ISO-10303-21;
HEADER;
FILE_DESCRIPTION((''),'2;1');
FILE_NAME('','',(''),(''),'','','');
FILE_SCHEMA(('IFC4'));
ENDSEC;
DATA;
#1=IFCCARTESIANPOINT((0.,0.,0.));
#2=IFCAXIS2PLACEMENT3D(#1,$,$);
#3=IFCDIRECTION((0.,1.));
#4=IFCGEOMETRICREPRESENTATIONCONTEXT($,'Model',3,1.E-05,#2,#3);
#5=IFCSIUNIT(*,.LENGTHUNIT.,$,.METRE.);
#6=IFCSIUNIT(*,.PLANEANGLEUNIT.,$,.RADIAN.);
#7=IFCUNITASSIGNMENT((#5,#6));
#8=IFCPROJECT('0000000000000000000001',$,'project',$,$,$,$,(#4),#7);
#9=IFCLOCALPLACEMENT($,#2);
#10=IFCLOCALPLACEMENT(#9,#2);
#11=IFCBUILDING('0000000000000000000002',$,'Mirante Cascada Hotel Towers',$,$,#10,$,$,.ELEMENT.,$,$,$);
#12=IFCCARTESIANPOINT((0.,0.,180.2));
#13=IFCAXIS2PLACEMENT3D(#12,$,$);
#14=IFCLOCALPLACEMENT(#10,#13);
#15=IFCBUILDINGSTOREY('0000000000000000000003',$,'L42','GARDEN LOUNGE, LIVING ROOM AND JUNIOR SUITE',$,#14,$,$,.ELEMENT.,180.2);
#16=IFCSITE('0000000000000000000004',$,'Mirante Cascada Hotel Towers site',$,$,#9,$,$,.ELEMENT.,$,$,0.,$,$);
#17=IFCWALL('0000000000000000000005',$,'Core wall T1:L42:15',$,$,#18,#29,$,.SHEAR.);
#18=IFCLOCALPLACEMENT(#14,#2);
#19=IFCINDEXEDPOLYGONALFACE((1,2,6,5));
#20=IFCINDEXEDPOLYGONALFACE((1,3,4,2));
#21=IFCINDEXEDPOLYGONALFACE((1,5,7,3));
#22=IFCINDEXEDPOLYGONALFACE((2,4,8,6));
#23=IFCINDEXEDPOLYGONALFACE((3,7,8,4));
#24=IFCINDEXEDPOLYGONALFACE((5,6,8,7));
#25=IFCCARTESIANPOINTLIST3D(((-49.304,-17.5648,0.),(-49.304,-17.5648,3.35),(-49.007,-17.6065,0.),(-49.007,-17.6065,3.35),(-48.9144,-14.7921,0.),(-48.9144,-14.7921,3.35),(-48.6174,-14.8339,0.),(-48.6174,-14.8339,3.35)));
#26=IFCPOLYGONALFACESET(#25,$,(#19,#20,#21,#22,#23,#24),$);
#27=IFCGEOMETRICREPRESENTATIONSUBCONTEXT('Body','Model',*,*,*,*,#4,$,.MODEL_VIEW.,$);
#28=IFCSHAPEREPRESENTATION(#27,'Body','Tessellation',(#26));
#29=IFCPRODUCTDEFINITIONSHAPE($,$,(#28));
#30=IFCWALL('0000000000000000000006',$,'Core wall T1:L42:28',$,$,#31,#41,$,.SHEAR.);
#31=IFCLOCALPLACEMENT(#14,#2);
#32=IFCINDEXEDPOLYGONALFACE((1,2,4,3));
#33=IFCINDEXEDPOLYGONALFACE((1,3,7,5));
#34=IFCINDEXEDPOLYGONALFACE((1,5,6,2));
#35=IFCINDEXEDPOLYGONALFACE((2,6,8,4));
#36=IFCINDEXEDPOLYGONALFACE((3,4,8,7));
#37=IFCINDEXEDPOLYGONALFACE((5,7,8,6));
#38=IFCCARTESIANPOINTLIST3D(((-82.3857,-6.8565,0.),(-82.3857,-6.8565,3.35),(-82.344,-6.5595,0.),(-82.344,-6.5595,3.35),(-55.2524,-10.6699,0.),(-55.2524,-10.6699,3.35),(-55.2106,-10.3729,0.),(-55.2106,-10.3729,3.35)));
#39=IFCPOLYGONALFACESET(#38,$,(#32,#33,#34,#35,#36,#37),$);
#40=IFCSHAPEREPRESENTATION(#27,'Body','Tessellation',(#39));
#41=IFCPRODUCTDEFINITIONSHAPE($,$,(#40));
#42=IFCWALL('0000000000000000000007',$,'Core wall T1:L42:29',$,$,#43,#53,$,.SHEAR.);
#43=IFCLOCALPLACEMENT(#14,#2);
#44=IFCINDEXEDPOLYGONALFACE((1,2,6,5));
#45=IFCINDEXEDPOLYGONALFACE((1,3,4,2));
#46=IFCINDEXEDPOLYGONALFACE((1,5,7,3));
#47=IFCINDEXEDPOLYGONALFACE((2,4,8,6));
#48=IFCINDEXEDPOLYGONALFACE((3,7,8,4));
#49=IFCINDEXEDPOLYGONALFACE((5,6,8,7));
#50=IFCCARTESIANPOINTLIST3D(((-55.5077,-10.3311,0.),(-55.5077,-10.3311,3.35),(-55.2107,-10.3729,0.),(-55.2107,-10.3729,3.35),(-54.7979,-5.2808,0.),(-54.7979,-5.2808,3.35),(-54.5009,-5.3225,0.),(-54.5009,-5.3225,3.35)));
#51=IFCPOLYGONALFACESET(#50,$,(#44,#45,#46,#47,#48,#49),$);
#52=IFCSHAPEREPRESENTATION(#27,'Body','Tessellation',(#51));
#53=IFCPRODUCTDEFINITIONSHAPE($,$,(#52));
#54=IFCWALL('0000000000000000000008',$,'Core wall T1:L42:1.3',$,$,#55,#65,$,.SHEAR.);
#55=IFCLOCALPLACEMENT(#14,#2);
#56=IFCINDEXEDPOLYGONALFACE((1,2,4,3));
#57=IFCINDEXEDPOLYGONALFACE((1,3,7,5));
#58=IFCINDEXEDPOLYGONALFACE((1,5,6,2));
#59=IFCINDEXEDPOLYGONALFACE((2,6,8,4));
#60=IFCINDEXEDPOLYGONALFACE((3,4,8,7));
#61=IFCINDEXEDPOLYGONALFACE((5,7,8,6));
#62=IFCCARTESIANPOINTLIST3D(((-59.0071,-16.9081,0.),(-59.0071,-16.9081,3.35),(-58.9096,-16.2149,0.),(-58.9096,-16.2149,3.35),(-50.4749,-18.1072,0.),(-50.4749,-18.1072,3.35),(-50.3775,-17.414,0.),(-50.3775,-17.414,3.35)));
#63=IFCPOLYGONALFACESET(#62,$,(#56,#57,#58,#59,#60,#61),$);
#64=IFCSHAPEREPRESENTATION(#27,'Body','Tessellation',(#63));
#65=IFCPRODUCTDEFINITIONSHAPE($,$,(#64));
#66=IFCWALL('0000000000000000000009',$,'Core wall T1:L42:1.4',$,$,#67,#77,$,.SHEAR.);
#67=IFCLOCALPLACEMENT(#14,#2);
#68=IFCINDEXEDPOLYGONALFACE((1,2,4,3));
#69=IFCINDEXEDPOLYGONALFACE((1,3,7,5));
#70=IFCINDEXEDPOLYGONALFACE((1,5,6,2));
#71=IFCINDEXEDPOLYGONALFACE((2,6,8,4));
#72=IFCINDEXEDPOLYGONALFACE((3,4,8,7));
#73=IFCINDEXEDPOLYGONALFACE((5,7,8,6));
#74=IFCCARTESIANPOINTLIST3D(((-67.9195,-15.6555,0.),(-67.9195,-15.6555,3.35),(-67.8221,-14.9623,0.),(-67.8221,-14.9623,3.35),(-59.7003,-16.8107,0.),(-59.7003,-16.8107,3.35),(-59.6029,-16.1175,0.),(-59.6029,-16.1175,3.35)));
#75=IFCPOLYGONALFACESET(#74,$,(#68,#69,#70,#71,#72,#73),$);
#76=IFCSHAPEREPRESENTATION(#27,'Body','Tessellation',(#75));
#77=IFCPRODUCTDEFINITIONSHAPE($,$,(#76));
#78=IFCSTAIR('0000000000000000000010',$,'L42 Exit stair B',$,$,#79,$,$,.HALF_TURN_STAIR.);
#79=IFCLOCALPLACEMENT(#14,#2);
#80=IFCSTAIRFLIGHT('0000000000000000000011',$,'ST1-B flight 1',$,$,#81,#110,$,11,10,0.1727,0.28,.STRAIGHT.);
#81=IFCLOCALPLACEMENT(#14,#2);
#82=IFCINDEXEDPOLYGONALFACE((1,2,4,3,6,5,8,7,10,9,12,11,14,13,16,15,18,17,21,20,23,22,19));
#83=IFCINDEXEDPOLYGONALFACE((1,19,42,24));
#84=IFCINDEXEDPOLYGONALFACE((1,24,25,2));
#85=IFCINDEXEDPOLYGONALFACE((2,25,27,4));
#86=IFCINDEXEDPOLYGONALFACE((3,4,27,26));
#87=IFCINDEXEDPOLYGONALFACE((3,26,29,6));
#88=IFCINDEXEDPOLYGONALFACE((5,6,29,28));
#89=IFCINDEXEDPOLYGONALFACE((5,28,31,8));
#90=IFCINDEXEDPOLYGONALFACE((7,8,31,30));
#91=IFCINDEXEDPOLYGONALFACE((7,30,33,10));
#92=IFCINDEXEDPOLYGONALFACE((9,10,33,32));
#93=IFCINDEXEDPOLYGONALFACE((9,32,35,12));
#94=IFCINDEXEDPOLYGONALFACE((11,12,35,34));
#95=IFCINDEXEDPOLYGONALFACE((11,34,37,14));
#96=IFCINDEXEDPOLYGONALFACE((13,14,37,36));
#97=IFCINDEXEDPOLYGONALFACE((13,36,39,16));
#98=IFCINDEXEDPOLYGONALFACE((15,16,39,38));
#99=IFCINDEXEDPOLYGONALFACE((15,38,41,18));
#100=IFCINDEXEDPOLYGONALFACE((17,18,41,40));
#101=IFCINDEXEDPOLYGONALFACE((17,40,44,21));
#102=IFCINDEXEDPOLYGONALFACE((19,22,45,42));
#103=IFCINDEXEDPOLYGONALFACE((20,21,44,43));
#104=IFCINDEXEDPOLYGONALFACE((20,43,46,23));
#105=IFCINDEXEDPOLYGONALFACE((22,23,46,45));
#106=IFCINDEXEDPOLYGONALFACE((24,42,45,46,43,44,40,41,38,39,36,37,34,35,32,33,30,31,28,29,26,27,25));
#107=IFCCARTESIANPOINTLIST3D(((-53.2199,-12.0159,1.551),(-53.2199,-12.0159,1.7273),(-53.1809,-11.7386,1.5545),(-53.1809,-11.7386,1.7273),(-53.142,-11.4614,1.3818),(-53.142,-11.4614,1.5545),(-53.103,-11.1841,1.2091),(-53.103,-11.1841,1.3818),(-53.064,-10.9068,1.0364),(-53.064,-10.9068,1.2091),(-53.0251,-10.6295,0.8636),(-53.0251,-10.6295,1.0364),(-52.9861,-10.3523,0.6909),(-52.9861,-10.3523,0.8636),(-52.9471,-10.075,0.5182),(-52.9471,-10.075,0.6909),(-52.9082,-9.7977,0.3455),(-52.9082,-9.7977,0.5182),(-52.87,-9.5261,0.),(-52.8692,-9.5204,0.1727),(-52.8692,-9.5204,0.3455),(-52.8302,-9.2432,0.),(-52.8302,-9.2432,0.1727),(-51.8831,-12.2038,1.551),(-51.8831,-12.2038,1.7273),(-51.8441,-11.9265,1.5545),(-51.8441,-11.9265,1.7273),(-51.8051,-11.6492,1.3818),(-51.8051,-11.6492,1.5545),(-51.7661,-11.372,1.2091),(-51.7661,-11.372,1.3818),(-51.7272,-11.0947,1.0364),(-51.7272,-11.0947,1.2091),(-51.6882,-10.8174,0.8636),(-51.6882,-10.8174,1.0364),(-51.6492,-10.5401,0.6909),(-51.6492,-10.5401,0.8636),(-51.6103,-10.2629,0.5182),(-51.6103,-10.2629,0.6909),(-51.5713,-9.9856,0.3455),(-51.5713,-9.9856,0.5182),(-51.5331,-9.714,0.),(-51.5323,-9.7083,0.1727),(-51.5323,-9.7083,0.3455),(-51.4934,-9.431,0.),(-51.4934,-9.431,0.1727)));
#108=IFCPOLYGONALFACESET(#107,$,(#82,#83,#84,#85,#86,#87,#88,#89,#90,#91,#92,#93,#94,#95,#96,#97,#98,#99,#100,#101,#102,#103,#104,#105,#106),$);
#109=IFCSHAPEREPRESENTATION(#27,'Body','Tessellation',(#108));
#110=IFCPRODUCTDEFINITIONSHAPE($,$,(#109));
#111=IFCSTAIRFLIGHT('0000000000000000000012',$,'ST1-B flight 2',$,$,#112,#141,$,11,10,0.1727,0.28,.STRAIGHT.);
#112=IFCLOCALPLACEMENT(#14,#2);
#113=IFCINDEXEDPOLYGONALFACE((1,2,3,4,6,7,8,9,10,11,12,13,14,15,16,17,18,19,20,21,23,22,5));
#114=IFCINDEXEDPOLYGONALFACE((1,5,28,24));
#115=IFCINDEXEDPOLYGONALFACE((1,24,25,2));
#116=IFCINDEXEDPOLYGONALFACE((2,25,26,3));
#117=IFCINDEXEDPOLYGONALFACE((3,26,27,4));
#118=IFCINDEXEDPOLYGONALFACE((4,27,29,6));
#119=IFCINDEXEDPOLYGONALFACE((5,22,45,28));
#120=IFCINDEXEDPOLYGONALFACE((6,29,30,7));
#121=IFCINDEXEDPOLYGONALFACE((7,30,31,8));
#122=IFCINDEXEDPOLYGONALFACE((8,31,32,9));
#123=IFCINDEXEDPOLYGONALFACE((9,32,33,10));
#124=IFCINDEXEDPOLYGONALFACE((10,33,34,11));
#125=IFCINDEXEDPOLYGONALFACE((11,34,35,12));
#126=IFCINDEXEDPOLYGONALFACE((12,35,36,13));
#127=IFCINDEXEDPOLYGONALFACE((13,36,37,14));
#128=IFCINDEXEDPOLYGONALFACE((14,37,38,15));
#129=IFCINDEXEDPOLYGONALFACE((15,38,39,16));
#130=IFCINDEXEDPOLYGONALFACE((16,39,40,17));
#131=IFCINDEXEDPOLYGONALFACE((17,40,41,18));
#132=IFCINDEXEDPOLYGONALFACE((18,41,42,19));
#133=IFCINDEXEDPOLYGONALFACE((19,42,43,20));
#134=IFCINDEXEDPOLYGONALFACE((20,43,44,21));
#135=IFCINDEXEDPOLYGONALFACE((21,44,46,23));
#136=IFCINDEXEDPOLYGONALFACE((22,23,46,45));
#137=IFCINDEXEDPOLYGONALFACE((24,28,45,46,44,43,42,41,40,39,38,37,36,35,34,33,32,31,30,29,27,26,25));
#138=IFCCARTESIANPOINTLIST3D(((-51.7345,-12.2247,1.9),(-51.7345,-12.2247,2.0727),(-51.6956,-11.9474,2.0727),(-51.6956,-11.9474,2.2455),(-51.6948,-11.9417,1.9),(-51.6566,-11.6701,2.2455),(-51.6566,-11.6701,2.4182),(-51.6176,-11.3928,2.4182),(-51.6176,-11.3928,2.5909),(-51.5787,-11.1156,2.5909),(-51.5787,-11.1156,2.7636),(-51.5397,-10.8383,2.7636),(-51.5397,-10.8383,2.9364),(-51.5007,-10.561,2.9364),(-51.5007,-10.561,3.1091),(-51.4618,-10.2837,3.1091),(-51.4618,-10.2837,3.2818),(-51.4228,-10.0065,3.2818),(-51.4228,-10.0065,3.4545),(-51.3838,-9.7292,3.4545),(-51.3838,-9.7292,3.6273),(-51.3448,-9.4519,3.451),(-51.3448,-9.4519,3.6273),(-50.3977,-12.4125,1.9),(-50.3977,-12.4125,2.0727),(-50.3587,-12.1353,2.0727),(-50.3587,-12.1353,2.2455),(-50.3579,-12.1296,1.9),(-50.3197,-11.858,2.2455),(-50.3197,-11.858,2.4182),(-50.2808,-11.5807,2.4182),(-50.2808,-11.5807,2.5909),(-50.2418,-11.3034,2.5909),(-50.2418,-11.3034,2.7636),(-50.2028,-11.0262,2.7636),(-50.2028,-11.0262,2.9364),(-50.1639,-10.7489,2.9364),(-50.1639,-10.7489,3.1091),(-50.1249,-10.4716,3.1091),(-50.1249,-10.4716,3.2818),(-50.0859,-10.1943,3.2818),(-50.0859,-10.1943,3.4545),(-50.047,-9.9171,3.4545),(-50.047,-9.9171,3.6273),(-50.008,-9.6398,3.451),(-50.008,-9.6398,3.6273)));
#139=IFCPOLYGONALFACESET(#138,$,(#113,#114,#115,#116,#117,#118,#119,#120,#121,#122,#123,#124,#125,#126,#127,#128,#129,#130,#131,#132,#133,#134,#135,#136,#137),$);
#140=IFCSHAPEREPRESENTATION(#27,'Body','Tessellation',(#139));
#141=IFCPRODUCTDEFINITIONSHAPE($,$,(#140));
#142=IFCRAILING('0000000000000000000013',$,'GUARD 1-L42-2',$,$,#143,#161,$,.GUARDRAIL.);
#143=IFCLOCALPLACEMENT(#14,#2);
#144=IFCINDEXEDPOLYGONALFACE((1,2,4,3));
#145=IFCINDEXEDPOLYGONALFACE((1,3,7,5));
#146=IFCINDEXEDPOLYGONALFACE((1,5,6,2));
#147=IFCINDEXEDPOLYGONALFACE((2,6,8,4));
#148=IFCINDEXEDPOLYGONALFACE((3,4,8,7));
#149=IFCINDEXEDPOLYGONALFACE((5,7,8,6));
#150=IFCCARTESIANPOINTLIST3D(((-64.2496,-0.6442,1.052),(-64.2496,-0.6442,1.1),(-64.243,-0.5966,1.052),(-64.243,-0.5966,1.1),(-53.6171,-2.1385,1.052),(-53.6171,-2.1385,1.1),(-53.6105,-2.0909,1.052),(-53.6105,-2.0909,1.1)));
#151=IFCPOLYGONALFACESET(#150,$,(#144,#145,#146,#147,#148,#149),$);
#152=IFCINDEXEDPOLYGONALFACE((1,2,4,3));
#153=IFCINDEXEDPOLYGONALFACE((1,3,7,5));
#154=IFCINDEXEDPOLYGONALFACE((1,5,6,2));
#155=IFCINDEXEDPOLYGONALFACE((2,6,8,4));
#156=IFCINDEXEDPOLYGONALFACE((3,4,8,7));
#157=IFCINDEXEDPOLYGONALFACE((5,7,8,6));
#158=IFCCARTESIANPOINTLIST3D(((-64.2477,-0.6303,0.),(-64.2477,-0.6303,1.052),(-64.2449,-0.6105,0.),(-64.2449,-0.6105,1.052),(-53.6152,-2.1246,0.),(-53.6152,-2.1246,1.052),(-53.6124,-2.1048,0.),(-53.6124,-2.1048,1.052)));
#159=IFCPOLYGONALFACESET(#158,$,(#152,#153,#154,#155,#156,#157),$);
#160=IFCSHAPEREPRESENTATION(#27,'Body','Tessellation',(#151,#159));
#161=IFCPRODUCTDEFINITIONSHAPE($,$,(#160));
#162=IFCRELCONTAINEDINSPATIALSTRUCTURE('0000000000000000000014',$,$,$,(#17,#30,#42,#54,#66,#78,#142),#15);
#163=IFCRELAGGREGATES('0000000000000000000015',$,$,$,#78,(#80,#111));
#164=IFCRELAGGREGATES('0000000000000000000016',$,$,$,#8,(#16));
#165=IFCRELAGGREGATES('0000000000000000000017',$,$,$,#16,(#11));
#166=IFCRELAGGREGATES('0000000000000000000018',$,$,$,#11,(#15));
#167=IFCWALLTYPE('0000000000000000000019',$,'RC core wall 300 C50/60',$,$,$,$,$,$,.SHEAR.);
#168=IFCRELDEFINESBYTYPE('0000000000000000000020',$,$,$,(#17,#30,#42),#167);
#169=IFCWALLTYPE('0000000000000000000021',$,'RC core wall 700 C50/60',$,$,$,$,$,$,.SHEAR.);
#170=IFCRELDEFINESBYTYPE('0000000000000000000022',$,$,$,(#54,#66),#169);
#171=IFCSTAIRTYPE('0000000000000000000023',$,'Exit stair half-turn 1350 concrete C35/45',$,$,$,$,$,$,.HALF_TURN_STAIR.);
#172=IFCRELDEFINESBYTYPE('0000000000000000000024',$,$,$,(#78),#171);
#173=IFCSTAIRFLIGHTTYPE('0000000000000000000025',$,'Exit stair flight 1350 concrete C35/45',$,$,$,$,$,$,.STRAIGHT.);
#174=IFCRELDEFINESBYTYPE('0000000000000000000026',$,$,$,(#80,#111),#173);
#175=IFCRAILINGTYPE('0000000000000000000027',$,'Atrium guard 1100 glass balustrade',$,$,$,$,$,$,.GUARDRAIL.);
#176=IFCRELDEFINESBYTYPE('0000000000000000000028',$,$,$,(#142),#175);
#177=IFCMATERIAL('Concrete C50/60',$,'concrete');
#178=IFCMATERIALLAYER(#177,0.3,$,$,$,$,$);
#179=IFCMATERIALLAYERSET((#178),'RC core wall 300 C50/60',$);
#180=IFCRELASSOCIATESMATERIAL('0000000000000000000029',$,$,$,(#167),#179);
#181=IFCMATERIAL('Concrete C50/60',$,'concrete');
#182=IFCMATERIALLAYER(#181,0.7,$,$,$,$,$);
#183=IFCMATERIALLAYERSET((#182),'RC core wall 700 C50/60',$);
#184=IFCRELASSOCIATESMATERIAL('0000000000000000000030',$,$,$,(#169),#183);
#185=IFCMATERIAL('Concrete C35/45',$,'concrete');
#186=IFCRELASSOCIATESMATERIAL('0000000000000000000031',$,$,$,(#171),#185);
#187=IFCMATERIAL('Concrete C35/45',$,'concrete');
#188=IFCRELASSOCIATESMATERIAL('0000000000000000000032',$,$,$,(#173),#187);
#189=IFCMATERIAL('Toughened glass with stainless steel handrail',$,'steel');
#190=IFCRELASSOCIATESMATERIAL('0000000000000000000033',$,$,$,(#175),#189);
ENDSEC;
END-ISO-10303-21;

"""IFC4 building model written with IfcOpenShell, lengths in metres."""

from ifc_helpers import new_model, si_unit, direction, frame, frame_2d, origin, origin_2d, place, context, subcontext, project, spatial, polyline, rectangle, outline, extrude, material, layer, layer_set, type_object, element, aggregate, save


model = new_model("IFC4")

# Units and contexts
model_context = context("Model", 3, precision=1e-05, world=origin(), true_north=direction((0.0, 1.0)))
body_context = subcontext(model_context, "Body", "Model", "MODEL_VIEW")
ifc_project = project(units=[si_unit("LENGTHUNIT", "METRE"), si_unit("PLANEANGLEUNIT", "RADIAN")], contexts=[model_context])

# Site, building, storey
site_placement = place(None, origin())
site = spatial("IfcSite", under=ifc_project, at=site_placement, Name="Mirante Cascada Hotel Towers site", CompositionType="ELEMENT", RefElevation=0.0)
building_placement = place(site_placement, origin())
building = spatial("IfcBuilding", under=site, at=building_placement, Name="Mirante Cascada Hotel Towers", CompositionType="ELEMENT")
storey_placement = place(building_placement, frame((0.0, 0.0, 180.2)))
storey = spatial("IfcBuildingStorey", under=building, at=storey_placement, Name="L42", Description="GARDEN LOUNGE, LIVING ROOM AND JUNIOR SUITE", CompositionType="ELEMENT", Elevation=180.2)

# Shared definitions
ifc_material_1 = material(Name="Concrete C50/60", Category="concrete")
ifc_layer_1 = layer(ifc_material_1, 0.3)
ifc_layer_set_1 = layer_set([ifc_layer_1], Name="RC core wall 300 C50/60")
wall_type_1 = type_object("IfcWallType", Name="RC core wall 300 C50/60", PredefinedType="SHEAR", material=ifc_layer_set_1)

# Walls
wall_1_placement = place(storey_placement, frame((-49.1555, -17.5857, 0.0), z_axis=(0.0, 0.0, 1.0), x_axis=(0.139146, 0.990272, 0.0)))
element("IfcWall", 1, at=wall_1_placement, inside=storey, type_object=wall_type_1, Name="Core wall T1:L42:15", PredefinedType="SHEAR", context=body_context, shape_type="SweptSolid", body=[
    extrude(rectangle(XDim=2.7999, YDim=0.3, at=frame_2d((1.4, 0.0))), origin(), (0.0, 0.0, 1.0), 3.35),
])
wall_2_placement = place(storey_placement, frame((-55.2315, -10.5214, 0.0), z_axis=(0.0, 0.0, 1.0), x_axis=(-0.990268, 0.139175, 0.0)))
element("IfcWall", 2, at=wall_2_placement, inside=storey, type_object=wall_type_1, Name="Core wall T1:L42:28", PredefinedType="SHEAR", context=body_context, shape_type="SweptSolid", body=[
    extrude(rectangle(XDim=27.4, YDim=0.3, at=frame_2d((13.7, 0.0))), origin(), (0.0, 0.0, 1.0), 3.35),
])
wall_3_placement = place(storey_placement, frame((-55.3592, -10.352, 0.0), z_axis=(0.0, 0.0, 1.0), x_axis=(0.139176, 0.990268, 0.0)))
element("IfcWall", 3, at=wall_3_placement, inside=storey, type_object=wall_type_1, Name="Core wall T1:L42:29", PredefinedType="SHEAR", context=body_context, shape_type="SweptSolid", body=[
    extrude(rectangle(XDim=5.1, YDim=0.3, at=frame_2d((2.55, 0.0))), origin(), (0.0, 0.0, 1.0), 3.35),
])
ifc_material_2 = material(Name="Concrete C50/60", Category="concrete")
ifc_layer_2 = layer(ifc_material_2, 0.7)
ifc_layer_set_2 = layer_set([ifc_layer_2], Name="RC core wall 700 C50/60")
wall_type_2 = type_object("IfcWallType", Name="RC core wall 700 C50/60", PredefinedType="SHEAR", material=ifc_layer_set_2)
wall_4_placement = place(storey_placement, frame((-50.4262, -17.7606, 0.0), z_axis=(0.0, 0.0, 1.0), x_axis=(-0.990268, 0.139171, 0.0)))
element("IfcWall", 4, at=wall_4_placement, inside=storey, type_object=wall_type_2, Name="Core wall T1:L42:1.3", PredefinedType="SHEAR", context=body_context, shape_type="SweptSolid", body=[
    extrude(rectangle(XDim=8.616, YDim=0.7, at=frame_2d((4.308, 0.0))), origin(), (0.0, 0.0, 1.0), 3.35),
])
wall_5_placement = place(storey_placement, frame((-59.6516, -16.4641, 0.0), z_axis=(0.0, 0.0, 1.0), x_axis=(-0.990267, 0.139181, 0.0)))
element("IfcWall", 5, at=wall_5_placement, inside=storey, type_object=wall_type_2, Name="Core wall T1:L42:1.4", PredefinedType="SHEAR", context=body_context, shape_type="SweptSolid", body=[
    extrude(rectangle(XDim=8.3, YDim=0.7, at=frame_2d((4.15, 0.0))), origin(), (0.0, 0.0, 1.0), 3.35),
])

# Stair, stair flights
ifc_material_3 = material(Name="Concrete C35/45", Category="concrete")
stair_type = type_object("IfcStairType", Name="Exit stair half-turn 1350 concrete C35/45", PredefinedType="HALF_TURN_STAIR", material=ifc_material_3)
stair_placement = place(storey_placement, origin())
stair = element("IfcStair", 6, at=stair_placement, inside=storey, type_object=stair_type, Name="L42 Exit stair B", PredefinedType="HALF_TURN_STAIR")
ifc_material_4 = material(Name="Concrete C35/45", Category="concrete")
stair_flight_type = type_object("IfcStairFlightType", Name="Exit stair flight 1350 concrete C35/45", PredefinedType="STRAIGHT", material=ifc_material_4)
stair_flight_1_placement = place(storey_placement, frame((-52.1618, -9.3371, 0.0), z_axis=(0.0, 0.0, 1.0), x_axis=(-0.139173, -0.990268, 0.0)))
stair_flight_1 = element("IfcStairFlight", 7, at=stair_flight_1_placement, type_object=stair_flight_type, Name="ST1-B flight 1", NumberOfRisers=11, NumberOfTreads=10, PredefinedType="STRAIGHT", RiserHeight=0.1727, TreadLength=0.28, context=body_context, shape_type="SweptSolid", body=[
    extrude(outline(polyline([(0.0, 0.0), (0.0, 0.1727), (0.28, 0.1727), (0.28, 0.3455), (0.56, 0.3455), (0.56, 0.5182), (0.84, 0.5182), (0.84, 0.6909), (1.12, 0.6909), (1.12, 0.8636), (1.4, 0.8636), (1.4, 1.0364), (1.68, 1.0364), (1.68, 1.2091), (1.96, 1.2091), (1.96, 1.3818), (2.24, 1.3818), (2.24, 1.5545), (2.52, 1.5545), (2.52, 1.7273), (2.8, 1.7273), (2.8, 1.9), (2.8, 1.551), (0.2857, 0.0), (0.0, 0.0)])), frame((0.0, 0.675, 0.0), z_axis=(0.0, -1.0, 0.0), x_axis=(1.0, 0.0, 0.0)), (0.0, 0.0, 1.0), 1.35),
])
stair_flight_2_placement = place(storey_placement, frame((-51.0661, -12.3186, 1.9), z_axis=(0.0, 0.0, 1.0), x_axis=(0.139173, 0.990268, 0.0)))
stair_flight_2 = element("IfcStairFlight", 8, at=stair_flight_2_placement, type_object=stair_flight_type, Name="ST1-B flight 2", NumberOfRisers=11, NumberOfTreads=10, PredefinedType="STRAIGHT", RiserHeight=0.1727, TreadLength=0.28, context=body_context, shape_type="SweptSolid", body=[
    extrude(outline(polyline([(0.0, 0.0), (0.0, 0.1727), (0.28, 0.1727), (0.28, 0.3455), (0.56, 0.3455), (0.56, 0.5182), (0.84, 0.5182), (0.84, 0.6909), (1.12, 0.6909), (1.12, 0.8636), (1.4, 0.8636), (1.4, 1.0364), (1.68, 1.0364), (1.68, 1.2091), (1.96, 1.2091), (1.96, 1.3818), (2.24, 1.3818), (2.24, 1.5545), (2.52, 1.5545), (2.52, 1.7273), (2.8, 1.7273), (2.8, 1.9), (2.8, 1.551), (0.2857, 0.0), (0.0, 0.0)])), frame((0.0, 0.675, 0.0), z_axis=(0.0, -1.0, 0.0), x_axis=(1.0, 0.0, 0.0)), (0.0, 0.0, 1.0), 1.35),
])
aggregate(stair, [stair_flight_1, stair_flight_2])

# Railing
ifc_material_5 = material(Name="Toughened glass with stainless steel handrail", Category="steel")
railing_type_1 = type_object("IfcRailingType", Name="Atrium guard 1100 glass balustrade", PredefinedType="GUARDRAIL", material=ifc_material_5)
railing_1_placement = place(storey_placement, frame((-53.6138, -2.1147, 0.0)))
element("IfcRailing", 9, at=railing_1_placement, inside=storey, type_object=railing_type_1, Name="GUARD 1-L42-2", PredefinedType="GUARDRAIL", context=body_context, shape_type="SweptSolid", body=[
    extrude(rectangle(XDim=0.048, YDim=0.048, at=origin_2d()), frame((0.0, 0.0, 1.076), z_axis=(-0.990268, 0.139173, 0.0), x_axis=(-0.139173, -0.990268, 0.0)), (0.0, 0.0, 1.0), 10.737),
    extrude(rectangle(XDim=0.02, YDim=1.052, at=origin_2d()), frame((0.0, 0.0, 0.526), z_axis=(-0.990268, 0.139173, 0.0), x_axis=(-0.139173, -0.990268, 0.0)), (0.0, 0.0, 1.0), 10.737),
])

save(model, "model.ifc")
